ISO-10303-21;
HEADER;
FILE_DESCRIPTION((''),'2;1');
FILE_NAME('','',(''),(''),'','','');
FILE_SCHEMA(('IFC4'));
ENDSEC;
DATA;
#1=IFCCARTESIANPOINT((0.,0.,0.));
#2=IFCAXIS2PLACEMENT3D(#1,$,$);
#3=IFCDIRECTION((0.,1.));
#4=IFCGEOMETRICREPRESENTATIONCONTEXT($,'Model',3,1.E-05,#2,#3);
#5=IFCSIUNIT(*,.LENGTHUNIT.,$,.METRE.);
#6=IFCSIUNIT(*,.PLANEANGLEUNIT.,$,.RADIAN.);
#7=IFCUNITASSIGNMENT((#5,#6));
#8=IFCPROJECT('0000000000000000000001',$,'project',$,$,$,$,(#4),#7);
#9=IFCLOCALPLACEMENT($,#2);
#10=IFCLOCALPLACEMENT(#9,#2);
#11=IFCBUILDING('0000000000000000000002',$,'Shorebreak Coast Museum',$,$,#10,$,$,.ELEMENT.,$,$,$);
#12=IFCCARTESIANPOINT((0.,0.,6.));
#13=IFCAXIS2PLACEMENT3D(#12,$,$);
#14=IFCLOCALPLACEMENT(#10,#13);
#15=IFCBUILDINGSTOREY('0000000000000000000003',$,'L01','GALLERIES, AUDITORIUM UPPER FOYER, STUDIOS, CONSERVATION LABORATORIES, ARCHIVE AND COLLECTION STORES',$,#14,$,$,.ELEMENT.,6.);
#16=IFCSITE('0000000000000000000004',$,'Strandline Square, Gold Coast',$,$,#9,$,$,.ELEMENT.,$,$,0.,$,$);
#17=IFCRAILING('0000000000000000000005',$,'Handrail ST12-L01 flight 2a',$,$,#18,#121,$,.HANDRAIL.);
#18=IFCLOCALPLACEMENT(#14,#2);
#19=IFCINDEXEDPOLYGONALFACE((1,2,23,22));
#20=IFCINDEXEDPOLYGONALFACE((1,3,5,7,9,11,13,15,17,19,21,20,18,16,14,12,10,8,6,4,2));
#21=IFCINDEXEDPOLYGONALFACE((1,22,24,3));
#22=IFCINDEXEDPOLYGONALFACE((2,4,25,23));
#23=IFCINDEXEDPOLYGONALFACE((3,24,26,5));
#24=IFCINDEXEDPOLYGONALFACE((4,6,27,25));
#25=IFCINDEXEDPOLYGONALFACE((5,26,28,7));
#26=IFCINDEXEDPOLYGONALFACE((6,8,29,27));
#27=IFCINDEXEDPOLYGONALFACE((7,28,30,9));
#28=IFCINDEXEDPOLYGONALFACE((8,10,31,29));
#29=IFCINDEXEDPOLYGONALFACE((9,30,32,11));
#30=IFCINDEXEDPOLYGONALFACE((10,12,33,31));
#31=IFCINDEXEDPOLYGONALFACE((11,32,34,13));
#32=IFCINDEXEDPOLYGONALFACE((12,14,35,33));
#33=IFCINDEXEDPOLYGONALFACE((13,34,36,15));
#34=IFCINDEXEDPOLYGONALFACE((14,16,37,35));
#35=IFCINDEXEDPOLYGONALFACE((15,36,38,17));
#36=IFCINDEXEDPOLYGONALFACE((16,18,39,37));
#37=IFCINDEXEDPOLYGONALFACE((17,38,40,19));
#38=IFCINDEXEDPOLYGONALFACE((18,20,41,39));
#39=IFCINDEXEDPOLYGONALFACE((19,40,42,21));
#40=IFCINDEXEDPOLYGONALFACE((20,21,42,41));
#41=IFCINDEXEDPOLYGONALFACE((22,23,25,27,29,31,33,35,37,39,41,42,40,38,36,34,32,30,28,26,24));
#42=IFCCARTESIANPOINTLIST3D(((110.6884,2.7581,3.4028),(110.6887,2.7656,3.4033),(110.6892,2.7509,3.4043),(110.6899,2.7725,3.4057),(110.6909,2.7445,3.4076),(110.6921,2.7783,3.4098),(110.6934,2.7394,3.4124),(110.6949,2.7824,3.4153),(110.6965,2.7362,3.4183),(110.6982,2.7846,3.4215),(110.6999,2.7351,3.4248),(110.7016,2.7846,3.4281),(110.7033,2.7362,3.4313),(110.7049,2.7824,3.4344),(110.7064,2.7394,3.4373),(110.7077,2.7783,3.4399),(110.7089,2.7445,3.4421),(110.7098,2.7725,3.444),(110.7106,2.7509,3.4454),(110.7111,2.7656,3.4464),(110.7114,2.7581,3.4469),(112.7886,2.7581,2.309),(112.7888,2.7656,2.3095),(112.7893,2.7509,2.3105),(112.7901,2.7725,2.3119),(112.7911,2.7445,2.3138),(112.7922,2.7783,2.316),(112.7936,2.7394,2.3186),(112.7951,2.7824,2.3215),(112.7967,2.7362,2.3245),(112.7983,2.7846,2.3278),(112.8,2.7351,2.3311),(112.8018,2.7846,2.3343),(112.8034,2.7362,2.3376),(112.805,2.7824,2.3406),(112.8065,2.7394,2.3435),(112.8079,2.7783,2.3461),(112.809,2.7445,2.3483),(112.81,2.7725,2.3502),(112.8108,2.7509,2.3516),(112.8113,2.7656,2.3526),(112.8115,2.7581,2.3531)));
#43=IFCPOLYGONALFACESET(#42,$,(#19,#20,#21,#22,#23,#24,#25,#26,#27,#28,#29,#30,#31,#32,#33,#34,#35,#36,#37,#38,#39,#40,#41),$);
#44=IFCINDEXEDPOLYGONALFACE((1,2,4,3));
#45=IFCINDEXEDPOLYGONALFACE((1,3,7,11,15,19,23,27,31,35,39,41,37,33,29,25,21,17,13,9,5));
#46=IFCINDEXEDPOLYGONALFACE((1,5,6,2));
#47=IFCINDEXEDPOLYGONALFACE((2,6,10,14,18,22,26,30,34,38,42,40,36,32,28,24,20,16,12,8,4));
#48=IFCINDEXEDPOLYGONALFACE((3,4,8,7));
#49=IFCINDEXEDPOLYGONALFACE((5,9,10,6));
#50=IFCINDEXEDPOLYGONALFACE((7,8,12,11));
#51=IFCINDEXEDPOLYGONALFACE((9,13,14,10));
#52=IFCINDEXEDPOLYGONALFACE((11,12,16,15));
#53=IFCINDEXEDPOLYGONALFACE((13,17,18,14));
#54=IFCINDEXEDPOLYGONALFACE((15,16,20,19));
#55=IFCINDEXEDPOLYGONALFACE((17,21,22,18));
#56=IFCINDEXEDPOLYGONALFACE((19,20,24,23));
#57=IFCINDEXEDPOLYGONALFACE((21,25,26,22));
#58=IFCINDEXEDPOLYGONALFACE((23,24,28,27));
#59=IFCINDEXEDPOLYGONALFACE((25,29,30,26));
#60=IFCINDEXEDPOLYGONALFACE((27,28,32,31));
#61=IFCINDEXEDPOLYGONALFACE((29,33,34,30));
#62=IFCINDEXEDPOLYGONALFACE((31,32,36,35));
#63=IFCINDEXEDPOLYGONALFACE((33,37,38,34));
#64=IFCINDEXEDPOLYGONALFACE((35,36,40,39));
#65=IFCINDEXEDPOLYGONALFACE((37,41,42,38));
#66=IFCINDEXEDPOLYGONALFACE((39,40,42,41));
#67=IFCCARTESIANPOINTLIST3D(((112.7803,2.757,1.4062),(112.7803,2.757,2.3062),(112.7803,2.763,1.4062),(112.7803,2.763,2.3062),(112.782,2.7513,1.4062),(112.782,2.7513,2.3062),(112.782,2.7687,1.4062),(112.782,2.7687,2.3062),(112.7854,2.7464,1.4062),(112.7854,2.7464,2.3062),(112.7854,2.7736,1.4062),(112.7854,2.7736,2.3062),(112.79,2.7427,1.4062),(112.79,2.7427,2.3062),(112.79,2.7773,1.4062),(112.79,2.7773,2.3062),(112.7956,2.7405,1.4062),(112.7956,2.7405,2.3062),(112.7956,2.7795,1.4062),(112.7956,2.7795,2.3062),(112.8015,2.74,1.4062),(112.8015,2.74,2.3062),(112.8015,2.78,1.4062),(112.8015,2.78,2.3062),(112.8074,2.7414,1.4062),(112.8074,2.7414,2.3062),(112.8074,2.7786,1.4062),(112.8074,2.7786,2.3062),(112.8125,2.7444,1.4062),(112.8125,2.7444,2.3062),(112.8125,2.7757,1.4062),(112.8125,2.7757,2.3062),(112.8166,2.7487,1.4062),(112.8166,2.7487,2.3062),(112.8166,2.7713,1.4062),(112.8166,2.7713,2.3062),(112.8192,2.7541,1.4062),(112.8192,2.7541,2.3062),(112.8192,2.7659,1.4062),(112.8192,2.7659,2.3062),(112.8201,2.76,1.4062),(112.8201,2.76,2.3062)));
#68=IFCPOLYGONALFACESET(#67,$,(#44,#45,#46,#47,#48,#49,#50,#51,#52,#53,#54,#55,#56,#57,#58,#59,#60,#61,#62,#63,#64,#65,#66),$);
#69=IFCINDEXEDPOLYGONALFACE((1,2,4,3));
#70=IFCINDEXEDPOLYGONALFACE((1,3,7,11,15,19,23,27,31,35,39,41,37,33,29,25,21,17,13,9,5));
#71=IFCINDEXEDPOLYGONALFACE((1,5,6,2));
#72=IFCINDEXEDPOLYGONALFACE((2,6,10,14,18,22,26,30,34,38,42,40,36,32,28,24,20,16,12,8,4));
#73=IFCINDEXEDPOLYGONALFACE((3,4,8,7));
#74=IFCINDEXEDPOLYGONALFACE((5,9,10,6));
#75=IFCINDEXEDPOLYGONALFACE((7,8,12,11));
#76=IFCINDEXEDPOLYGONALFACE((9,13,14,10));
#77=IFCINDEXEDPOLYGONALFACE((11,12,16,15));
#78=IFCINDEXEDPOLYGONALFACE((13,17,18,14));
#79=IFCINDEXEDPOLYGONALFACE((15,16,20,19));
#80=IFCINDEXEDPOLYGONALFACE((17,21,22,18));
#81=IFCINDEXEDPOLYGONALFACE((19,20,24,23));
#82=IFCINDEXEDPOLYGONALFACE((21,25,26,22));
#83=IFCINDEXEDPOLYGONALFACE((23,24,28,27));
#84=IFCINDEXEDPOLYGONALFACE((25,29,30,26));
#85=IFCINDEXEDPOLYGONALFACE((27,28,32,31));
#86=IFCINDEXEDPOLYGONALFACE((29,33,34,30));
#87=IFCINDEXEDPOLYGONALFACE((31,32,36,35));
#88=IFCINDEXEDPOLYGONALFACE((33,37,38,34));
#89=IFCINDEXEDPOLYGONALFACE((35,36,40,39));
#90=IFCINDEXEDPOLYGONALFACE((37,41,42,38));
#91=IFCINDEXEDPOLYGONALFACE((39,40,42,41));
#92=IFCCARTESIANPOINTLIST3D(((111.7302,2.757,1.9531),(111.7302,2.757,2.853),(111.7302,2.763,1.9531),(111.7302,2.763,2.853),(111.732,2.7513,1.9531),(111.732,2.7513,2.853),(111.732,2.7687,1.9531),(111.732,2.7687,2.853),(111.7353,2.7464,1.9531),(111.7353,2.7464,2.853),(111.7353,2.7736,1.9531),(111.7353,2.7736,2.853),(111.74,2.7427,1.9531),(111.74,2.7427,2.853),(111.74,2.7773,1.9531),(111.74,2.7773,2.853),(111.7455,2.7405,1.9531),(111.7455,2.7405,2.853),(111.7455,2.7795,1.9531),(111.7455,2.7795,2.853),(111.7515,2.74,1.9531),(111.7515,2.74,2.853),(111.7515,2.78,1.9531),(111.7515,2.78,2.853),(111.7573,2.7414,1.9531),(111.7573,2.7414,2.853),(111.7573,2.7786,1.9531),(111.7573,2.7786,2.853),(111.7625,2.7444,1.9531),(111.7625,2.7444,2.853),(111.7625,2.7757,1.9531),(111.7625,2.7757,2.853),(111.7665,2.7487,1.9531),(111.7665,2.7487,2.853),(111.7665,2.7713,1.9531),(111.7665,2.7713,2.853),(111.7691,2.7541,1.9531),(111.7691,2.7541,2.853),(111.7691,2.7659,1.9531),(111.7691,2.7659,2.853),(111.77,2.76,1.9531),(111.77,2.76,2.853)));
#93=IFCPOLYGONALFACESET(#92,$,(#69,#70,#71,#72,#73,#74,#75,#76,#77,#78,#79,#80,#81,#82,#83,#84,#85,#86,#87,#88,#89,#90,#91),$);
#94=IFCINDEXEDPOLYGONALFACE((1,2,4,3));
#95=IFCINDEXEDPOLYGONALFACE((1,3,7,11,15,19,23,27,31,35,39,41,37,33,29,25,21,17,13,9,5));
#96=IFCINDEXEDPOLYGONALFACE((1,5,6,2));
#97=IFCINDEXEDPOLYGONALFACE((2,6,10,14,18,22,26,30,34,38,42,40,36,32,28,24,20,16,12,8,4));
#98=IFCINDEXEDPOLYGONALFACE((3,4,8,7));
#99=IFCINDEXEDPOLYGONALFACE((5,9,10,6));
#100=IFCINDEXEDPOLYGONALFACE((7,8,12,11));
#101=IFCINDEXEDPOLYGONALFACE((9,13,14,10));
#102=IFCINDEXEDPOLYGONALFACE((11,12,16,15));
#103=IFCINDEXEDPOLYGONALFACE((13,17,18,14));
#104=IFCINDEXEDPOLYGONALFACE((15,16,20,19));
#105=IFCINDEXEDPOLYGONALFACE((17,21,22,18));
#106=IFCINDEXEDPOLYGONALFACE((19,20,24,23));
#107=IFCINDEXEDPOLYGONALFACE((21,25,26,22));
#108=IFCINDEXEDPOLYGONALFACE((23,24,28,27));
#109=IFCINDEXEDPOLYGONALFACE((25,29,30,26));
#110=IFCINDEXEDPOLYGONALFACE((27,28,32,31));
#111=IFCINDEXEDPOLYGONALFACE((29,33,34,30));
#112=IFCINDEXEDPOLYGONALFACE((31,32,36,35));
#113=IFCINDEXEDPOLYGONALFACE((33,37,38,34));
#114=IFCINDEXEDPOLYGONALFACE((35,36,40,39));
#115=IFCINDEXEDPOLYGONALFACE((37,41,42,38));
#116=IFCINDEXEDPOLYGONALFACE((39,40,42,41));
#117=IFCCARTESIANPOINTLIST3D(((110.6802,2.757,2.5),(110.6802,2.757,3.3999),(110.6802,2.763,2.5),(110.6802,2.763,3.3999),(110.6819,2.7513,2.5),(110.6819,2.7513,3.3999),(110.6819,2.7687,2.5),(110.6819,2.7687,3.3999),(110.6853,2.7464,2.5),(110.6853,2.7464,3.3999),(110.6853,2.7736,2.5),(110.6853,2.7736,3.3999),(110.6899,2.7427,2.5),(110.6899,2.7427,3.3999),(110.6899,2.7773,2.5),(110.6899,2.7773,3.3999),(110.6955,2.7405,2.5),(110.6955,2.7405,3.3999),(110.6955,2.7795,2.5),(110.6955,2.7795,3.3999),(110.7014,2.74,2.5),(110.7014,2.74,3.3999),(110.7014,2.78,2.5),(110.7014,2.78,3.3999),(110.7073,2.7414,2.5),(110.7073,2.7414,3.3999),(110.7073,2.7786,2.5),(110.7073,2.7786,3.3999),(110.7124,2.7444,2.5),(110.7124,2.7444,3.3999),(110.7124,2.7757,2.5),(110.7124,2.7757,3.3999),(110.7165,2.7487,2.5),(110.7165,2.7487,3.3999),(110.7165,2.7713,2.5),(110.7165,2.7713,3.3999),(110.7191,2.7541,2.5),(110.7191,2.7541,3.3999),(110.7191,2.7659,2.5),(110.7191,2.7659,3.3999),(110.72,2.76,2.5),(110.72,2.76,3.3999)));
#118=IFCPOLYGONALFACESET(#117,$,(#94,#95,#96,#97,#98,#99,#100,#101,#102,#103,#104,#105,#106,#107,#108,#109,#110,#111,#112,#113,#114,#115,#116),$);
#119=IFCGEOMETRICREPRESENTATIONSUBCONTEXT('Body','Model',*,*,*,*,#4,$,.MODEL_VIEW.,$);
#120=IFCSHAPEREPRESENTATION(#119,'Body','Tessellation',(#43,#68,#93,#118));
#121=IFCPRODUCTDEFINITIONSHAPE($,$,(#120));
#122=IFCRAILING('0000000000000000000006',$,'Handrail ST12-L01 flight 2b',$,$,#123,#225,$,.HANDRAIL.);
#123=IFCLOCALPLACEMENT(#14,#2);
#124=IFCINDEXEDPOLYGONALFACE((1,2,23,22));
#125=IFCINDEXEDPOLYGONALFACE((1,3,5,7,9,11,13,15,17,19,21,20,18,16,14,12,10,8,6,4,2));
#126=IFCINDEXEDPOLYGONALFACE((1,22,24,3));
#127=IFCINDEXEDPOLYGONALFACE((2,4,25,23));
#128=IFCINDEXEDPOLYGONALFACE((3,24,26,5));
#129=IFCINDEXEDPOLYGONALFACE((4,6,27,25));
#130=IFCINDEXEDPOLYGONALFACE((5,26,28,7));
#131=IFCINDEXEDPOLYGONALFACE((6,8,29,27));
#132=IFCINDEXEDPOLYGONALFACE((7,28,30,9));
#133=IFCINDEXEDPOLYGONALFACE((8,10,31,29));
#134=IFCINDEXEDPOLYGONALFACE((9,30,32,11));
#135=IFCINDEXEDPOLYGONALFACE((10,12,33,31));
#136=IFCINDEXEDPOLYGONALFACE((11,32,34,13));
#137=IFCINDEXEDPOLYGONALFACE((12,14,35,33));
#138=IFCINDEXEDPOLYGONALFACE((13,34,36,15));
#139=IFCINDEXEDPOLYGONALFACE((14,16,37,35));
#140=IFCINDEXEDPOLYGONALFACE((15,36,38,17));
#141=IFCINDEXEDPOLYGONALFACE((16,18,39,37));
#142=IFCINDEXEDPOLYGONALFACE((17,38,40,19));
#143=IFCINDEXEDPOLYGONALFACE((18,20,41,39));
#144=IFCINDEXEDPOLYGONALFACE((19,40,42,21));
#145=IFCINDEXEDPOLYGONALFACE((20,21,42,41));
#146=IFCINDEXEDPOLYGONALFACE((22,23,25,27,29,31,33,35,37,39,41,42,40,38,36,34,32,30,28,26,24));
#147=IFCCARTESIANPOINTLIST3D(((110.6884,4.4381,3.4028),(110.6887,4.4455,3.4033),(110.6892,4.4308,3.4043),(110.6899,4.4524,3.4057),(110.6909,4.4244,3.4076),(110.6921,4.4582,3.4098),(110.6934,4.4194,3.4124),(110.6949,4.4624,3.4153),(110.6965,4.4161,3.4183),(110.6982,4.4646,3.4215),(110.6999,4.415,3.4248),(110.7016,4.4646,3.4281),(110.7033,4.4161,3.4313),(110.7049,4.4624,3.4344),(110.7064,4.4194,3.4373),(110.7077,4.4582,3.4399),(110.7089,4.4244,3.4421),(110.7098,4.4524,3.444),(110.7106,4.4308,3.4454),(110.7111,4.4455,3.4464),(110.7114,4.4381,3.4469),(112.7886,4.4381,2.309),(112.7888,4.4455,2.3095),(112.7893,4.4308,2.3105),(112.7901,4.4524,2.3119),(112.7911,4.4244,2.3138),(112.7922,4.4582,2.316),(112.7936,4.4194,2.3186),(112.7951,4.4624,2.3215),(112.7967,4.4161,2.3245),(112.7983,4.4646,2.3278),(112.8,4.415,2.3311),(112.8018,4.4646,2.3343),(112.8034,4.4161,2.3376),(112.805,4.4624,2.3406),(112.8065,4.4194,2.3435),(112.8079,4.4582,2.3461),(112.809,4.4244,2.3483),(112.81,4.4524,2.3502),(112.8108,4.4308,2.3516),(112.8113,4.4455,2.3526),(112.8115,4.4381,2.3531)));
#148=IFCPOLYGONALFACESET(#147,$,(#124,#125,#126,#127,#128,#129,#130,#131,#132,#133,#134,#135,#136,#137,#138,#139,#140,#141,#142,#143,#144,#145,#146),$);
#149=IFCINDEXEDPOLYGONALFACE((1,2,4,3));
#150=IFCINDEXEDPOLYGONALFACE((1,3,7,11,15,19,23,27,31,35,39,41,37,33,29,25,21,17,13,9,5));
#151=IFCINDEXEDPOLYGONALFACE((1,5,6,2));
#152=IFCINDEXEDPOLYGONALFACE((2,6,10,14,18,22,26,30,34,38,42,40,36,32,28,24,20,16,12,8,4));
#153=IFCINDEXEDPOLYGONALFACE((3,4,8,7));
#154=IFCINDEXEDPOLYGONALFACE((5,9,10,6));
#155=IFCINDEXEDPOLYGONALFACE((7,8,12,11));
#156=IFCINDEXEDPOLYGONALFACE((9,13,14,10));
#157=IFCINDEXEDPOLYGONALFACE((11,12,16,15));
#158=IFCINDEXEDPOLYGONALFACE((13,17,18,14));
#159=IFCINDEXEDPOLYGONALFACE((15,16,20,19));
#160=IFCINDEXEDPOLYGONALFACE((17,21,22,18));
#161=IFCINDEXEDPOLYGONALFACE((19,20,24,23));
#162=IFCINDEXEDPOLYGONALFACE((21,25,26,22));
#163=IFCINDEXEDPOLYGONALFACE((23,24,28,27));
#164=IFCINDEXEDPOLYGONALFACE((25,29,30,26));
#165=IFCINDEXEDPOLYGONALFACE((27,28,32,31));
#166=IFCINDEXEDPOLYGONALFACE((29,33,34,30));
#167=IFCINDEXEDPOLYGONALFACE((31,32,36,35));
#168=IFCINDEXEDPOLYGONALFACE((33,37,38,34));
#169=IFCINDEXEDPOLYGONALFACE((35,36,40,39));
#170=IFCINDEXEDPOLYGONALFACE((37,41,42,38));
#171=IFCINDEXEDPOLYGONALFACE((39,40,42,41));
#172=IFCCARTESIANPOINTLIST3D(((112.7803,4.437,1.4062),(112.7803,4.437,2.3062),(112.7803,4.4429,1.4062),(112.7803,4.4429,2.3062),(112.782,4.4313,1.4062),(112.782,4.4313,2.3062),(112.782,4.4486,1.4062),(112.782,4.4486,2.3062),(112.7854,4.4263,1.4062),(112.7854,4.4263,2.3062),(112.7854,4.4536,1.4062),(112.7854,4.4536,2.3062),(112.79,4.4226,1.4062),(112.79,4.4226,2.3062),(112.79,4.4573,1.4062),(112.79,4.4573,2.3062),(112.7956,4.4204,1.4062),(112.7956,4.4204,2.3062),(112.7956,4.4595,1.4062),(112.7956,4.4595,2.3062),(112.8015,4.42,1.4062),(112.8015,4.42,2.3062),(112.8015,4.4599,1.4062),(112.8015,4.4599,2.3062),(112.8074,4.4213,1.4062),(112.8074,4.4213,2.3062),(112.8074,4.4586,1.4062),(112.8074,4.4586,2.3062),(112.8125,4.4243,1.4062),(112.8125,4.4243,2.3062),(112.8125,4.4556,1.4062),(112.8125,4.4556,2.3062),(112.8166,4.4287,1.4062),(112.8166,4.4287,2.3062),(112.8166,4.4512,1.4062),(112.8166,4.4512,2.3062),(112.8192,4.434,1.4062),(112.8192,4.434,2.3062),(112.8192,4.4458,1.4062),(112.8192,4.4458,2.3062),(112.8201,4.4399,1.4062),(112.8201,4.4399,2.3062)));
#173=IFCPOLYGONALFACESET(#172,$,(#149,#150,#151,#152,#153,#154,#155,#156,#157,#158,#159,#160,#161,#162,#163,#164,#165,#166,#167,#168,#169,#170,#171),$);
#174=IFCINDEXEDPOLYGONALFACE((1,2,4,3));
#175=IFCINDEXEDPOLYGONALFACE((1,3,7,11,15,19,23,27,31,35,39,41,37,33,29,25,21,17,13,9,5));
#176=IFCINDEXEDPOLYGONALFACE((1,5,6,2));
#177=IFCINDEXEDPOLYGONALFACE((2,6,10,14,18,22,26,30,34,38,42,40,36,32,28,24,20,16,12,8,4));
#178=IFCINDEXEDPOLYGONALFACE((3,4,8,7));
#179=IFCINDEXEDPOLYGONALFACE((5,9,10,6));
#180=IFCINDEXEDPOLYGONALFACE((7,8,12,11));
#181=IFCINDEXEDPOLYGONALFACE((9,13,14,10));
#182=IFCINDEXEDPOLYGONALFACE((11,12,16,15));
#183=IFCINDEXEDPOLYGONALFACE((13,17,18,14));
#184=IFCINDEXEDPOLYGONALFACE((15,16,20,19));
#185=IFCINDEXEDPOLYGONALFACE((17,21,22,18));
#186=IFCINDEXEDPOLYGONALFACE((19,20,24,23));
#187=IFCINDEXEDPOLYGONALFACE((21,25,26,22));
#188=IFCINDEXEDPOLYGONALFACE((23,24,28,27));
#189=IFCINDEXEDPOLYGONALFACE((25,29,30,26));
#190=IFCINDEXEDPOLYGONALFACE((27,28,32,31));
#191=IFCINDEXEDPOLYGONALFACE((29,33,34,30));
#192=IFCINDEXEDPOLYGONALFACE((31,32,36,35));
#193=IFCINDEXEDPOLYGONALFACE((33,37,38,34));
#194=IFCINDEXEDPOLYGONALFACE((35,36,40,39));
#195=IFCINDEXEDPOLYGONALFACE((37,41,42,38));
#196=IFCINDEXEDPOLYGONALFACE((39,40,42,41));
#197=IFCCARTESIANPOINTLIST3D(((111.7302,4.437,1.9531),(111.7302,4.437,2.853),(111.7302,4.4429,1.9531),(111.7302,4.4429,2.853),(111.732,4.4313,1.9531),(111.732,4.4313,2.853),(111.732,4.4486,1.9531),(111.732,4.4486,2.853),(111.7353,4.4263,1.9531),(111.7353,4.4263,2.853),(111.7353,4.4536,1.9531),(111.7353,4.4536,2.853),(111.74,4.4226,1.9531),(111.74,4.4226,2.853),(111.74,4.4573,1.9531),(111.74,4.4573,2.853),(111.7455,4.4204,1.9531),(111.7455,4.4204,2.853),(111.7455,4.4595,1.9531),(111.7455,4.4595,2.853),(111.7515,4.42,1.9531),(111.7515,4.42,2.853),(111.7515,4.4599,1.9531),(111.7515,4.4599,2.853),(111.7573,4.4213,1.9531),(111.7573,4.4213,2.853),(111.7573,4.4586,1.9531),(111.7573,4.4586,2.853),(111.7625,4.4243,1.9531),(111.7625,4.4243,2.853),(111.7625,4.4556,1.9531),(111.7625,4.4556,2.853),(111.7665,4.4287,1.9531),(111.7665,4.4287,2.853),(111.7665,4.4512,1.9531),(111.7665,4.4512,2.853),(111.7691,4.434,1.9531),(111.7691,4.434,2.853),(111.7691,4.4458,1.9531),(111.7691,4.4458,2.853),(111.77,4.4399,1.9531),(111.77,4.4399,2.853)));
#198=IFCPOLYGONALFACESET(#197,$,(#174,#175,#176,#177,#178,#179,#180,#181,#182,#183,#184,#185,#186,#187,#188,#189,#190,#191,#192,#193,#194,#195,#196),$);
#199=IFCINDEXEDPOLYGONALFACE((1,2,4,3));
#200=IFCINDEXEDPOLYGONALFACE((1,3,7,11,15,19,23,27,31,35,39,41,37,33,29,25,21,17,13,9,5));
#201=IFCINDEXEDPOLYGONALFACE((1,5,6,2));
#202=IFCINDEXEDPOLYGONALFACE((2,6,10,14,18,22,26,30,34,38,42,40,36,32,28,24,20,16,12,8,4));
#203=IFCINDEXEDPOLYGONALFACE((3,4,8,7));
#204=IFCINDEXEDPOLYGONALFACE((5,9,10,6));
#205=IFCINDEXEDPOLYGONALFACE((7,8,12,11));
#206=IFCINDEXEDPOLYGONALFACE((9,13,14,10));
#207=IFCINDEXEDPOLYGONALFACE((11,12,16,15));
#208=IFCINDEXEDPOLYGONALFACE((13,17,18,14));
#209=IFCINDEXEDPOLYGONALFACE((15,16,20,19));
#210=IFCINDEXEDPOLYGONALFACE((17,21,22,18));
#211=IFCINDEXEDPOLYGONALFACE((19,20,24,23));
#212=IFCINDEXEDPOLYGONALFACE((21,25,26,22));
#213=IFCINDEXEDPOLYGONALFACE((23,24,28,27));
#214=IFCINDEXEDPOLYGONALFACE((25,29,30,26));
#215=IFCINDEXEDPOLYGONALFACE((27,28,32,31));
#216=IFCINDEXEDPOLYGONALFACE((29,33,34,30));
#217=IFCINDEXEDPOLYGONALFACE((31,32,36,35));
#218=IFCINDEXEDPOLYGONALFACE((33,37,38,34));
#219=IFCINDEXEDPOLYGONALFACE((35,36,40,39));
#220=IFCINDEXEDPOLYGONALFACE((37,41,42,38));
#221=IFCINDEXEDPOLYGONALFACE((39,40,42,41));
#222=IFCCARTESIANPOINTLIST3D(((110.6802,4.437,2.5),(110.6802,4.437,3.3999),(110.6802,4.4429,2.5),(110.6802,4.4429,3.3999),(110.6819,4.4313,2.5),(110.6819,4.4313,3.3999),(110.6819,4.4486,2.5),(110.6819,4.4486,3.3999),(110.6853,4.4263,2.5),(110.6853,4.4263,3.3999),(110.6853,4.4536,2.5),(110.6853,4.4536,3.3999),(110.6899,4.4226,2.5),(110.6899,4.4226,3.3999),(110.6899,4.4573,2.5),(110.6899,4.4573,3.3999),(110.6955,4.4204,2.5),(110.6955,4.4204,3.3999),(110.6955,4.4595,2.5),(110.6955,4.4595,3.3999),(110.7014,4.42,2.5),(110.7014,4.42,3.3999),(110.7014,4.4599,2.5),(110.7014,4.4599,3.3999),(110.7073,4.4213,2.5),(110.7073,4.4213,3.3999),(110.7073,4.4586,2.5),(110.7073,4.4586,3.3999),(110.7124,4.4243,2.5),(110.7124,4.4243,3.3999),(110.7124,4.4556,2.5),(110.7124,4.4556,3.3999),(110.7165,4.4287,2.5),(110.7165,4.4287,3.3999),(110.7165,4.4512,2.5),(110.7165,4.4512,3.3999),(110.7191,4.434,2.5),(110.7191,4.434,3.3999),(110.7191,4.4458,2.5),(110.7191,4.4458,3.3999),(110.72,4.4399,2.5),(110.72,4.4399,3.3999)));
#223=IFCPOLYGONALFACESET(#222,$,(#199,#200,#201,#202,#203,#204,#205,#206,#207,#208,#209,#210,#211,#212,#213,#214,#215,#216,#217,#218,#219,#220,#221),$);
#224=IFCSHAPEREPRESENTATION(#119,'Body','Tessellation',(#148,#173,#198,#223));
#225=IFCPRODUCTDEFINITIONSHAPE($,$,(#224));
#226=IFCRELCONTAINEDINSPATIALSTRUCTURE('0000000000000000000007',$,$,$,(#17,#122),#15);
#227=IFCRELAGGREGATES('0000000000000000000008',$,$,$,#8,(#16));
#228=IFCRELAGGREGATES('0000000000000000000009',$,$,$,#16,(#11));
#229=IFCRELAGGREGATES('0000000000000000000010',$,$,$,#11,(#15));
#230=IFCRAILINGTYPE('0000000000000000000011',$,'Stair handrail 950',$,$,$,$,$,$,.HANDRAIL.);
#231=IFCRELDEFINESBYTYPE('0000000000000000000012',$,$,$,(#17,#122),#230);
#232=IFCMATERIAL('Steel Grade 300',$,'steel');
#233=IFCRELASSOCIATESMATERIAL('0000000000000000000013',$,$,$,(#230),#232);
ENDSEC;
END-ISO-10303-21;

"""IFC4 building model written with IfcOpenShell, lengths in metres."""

from ifc_helpers import new_model, si_unit, direction, frame, origin, origin_2d, place, context, subcontext, project, spatial, circle, extrude, material, type_object, element, save


model = new_model("IFC4")

# Units and contexts
model_context = context("Model", 3, precision=1e-05, world=origin(), true_north=direction((0.0, 1.0)))
body_context = subcontext(model_context, "Body", "Model", "MODEL_VIEW")
ifc_project = project(units=[si_unit("LENGTHUNIT", "METRE"), si_unit("PLANEANGLEUNIT", "RADIAN")], contexts=[model_context])

# Site, building, storey
site_placement = place(None, origin())
site = spatial("IfcSite", under=ifc_project, at=site_placement, Name="Strandline Square, Gold Coast", CompositionType="ELEMENT", RefElevation=0.0)
building_placement = place(site_placement, origin())
building = spatial("IfcBuilding", under=site, at=building_placement, Name="Shorebreak Coast Museum", CompositionType="ELEMENT")
storey_placement = place(building_placement, frame((0.0, 0.0, 6.0)))
storey = spatial("IfcBuildingStorey", under=building, at=storey_placement, Name="L01", Description="GALLERIES, AUDITORIUM UPPER FOYER, STUDIOS, CONSERVATION LABORATORIES, ARCHIVE AND COLLECTION STORES", CompositionType="ELEMENT", Elevation=6.0)

# Railings
ifc_material_1 = material(Name="Steel Grade 300", Category="steel")
railing_type_1 = type_object("IfcRailingType", Name="Stair handrail 950", PredefinedType="HANDRAIL", material=ifc_material_1)
for number, where, name in (
    (1, (112.8, 2.76, 1.4062), "Handrail ST12-L01 flight 2a"),
    (2, (112.8, 4.4399, 1.4062), "Handrail ST12-L01 flight 2b"),
):
    element("IfcRailing", number, at=place(storey_placement, frame(where)), inside=storey, type_object=railing_type_1, Name=name, PredefinedType="HANDRAIL", context=body_context, shape_type="SweptSolid", body=[
        extrude(circle(Radius=0.0249, at=origin_2d()), frame((0.0, 0.0, 0.9248), z_axis=(-0.886923, 0.0, 0.461918), x_axis=(0.0, -1.0, 0.0)), (0.0, 0.0, 1.0), 2.3679),
        extrude(circle(Radius=0.02, at=origin_2d()), origin(), (0.0, 0.0, 1.0), 0.8999),
        extrude(circle(Radius=0.02, at=origin_2d()), frame((-1.05, 0.0, 0.5469)), (0.0, 0.0, 1.0), 0.8999),
        extrude(circle(Radius=0.02, at=origin_2d()), frame((-2.1001, 0.0, 1.0938)), (0.0, 0.0, 1.0), 0.8999),
    ])

save(model, "model.ifc")
